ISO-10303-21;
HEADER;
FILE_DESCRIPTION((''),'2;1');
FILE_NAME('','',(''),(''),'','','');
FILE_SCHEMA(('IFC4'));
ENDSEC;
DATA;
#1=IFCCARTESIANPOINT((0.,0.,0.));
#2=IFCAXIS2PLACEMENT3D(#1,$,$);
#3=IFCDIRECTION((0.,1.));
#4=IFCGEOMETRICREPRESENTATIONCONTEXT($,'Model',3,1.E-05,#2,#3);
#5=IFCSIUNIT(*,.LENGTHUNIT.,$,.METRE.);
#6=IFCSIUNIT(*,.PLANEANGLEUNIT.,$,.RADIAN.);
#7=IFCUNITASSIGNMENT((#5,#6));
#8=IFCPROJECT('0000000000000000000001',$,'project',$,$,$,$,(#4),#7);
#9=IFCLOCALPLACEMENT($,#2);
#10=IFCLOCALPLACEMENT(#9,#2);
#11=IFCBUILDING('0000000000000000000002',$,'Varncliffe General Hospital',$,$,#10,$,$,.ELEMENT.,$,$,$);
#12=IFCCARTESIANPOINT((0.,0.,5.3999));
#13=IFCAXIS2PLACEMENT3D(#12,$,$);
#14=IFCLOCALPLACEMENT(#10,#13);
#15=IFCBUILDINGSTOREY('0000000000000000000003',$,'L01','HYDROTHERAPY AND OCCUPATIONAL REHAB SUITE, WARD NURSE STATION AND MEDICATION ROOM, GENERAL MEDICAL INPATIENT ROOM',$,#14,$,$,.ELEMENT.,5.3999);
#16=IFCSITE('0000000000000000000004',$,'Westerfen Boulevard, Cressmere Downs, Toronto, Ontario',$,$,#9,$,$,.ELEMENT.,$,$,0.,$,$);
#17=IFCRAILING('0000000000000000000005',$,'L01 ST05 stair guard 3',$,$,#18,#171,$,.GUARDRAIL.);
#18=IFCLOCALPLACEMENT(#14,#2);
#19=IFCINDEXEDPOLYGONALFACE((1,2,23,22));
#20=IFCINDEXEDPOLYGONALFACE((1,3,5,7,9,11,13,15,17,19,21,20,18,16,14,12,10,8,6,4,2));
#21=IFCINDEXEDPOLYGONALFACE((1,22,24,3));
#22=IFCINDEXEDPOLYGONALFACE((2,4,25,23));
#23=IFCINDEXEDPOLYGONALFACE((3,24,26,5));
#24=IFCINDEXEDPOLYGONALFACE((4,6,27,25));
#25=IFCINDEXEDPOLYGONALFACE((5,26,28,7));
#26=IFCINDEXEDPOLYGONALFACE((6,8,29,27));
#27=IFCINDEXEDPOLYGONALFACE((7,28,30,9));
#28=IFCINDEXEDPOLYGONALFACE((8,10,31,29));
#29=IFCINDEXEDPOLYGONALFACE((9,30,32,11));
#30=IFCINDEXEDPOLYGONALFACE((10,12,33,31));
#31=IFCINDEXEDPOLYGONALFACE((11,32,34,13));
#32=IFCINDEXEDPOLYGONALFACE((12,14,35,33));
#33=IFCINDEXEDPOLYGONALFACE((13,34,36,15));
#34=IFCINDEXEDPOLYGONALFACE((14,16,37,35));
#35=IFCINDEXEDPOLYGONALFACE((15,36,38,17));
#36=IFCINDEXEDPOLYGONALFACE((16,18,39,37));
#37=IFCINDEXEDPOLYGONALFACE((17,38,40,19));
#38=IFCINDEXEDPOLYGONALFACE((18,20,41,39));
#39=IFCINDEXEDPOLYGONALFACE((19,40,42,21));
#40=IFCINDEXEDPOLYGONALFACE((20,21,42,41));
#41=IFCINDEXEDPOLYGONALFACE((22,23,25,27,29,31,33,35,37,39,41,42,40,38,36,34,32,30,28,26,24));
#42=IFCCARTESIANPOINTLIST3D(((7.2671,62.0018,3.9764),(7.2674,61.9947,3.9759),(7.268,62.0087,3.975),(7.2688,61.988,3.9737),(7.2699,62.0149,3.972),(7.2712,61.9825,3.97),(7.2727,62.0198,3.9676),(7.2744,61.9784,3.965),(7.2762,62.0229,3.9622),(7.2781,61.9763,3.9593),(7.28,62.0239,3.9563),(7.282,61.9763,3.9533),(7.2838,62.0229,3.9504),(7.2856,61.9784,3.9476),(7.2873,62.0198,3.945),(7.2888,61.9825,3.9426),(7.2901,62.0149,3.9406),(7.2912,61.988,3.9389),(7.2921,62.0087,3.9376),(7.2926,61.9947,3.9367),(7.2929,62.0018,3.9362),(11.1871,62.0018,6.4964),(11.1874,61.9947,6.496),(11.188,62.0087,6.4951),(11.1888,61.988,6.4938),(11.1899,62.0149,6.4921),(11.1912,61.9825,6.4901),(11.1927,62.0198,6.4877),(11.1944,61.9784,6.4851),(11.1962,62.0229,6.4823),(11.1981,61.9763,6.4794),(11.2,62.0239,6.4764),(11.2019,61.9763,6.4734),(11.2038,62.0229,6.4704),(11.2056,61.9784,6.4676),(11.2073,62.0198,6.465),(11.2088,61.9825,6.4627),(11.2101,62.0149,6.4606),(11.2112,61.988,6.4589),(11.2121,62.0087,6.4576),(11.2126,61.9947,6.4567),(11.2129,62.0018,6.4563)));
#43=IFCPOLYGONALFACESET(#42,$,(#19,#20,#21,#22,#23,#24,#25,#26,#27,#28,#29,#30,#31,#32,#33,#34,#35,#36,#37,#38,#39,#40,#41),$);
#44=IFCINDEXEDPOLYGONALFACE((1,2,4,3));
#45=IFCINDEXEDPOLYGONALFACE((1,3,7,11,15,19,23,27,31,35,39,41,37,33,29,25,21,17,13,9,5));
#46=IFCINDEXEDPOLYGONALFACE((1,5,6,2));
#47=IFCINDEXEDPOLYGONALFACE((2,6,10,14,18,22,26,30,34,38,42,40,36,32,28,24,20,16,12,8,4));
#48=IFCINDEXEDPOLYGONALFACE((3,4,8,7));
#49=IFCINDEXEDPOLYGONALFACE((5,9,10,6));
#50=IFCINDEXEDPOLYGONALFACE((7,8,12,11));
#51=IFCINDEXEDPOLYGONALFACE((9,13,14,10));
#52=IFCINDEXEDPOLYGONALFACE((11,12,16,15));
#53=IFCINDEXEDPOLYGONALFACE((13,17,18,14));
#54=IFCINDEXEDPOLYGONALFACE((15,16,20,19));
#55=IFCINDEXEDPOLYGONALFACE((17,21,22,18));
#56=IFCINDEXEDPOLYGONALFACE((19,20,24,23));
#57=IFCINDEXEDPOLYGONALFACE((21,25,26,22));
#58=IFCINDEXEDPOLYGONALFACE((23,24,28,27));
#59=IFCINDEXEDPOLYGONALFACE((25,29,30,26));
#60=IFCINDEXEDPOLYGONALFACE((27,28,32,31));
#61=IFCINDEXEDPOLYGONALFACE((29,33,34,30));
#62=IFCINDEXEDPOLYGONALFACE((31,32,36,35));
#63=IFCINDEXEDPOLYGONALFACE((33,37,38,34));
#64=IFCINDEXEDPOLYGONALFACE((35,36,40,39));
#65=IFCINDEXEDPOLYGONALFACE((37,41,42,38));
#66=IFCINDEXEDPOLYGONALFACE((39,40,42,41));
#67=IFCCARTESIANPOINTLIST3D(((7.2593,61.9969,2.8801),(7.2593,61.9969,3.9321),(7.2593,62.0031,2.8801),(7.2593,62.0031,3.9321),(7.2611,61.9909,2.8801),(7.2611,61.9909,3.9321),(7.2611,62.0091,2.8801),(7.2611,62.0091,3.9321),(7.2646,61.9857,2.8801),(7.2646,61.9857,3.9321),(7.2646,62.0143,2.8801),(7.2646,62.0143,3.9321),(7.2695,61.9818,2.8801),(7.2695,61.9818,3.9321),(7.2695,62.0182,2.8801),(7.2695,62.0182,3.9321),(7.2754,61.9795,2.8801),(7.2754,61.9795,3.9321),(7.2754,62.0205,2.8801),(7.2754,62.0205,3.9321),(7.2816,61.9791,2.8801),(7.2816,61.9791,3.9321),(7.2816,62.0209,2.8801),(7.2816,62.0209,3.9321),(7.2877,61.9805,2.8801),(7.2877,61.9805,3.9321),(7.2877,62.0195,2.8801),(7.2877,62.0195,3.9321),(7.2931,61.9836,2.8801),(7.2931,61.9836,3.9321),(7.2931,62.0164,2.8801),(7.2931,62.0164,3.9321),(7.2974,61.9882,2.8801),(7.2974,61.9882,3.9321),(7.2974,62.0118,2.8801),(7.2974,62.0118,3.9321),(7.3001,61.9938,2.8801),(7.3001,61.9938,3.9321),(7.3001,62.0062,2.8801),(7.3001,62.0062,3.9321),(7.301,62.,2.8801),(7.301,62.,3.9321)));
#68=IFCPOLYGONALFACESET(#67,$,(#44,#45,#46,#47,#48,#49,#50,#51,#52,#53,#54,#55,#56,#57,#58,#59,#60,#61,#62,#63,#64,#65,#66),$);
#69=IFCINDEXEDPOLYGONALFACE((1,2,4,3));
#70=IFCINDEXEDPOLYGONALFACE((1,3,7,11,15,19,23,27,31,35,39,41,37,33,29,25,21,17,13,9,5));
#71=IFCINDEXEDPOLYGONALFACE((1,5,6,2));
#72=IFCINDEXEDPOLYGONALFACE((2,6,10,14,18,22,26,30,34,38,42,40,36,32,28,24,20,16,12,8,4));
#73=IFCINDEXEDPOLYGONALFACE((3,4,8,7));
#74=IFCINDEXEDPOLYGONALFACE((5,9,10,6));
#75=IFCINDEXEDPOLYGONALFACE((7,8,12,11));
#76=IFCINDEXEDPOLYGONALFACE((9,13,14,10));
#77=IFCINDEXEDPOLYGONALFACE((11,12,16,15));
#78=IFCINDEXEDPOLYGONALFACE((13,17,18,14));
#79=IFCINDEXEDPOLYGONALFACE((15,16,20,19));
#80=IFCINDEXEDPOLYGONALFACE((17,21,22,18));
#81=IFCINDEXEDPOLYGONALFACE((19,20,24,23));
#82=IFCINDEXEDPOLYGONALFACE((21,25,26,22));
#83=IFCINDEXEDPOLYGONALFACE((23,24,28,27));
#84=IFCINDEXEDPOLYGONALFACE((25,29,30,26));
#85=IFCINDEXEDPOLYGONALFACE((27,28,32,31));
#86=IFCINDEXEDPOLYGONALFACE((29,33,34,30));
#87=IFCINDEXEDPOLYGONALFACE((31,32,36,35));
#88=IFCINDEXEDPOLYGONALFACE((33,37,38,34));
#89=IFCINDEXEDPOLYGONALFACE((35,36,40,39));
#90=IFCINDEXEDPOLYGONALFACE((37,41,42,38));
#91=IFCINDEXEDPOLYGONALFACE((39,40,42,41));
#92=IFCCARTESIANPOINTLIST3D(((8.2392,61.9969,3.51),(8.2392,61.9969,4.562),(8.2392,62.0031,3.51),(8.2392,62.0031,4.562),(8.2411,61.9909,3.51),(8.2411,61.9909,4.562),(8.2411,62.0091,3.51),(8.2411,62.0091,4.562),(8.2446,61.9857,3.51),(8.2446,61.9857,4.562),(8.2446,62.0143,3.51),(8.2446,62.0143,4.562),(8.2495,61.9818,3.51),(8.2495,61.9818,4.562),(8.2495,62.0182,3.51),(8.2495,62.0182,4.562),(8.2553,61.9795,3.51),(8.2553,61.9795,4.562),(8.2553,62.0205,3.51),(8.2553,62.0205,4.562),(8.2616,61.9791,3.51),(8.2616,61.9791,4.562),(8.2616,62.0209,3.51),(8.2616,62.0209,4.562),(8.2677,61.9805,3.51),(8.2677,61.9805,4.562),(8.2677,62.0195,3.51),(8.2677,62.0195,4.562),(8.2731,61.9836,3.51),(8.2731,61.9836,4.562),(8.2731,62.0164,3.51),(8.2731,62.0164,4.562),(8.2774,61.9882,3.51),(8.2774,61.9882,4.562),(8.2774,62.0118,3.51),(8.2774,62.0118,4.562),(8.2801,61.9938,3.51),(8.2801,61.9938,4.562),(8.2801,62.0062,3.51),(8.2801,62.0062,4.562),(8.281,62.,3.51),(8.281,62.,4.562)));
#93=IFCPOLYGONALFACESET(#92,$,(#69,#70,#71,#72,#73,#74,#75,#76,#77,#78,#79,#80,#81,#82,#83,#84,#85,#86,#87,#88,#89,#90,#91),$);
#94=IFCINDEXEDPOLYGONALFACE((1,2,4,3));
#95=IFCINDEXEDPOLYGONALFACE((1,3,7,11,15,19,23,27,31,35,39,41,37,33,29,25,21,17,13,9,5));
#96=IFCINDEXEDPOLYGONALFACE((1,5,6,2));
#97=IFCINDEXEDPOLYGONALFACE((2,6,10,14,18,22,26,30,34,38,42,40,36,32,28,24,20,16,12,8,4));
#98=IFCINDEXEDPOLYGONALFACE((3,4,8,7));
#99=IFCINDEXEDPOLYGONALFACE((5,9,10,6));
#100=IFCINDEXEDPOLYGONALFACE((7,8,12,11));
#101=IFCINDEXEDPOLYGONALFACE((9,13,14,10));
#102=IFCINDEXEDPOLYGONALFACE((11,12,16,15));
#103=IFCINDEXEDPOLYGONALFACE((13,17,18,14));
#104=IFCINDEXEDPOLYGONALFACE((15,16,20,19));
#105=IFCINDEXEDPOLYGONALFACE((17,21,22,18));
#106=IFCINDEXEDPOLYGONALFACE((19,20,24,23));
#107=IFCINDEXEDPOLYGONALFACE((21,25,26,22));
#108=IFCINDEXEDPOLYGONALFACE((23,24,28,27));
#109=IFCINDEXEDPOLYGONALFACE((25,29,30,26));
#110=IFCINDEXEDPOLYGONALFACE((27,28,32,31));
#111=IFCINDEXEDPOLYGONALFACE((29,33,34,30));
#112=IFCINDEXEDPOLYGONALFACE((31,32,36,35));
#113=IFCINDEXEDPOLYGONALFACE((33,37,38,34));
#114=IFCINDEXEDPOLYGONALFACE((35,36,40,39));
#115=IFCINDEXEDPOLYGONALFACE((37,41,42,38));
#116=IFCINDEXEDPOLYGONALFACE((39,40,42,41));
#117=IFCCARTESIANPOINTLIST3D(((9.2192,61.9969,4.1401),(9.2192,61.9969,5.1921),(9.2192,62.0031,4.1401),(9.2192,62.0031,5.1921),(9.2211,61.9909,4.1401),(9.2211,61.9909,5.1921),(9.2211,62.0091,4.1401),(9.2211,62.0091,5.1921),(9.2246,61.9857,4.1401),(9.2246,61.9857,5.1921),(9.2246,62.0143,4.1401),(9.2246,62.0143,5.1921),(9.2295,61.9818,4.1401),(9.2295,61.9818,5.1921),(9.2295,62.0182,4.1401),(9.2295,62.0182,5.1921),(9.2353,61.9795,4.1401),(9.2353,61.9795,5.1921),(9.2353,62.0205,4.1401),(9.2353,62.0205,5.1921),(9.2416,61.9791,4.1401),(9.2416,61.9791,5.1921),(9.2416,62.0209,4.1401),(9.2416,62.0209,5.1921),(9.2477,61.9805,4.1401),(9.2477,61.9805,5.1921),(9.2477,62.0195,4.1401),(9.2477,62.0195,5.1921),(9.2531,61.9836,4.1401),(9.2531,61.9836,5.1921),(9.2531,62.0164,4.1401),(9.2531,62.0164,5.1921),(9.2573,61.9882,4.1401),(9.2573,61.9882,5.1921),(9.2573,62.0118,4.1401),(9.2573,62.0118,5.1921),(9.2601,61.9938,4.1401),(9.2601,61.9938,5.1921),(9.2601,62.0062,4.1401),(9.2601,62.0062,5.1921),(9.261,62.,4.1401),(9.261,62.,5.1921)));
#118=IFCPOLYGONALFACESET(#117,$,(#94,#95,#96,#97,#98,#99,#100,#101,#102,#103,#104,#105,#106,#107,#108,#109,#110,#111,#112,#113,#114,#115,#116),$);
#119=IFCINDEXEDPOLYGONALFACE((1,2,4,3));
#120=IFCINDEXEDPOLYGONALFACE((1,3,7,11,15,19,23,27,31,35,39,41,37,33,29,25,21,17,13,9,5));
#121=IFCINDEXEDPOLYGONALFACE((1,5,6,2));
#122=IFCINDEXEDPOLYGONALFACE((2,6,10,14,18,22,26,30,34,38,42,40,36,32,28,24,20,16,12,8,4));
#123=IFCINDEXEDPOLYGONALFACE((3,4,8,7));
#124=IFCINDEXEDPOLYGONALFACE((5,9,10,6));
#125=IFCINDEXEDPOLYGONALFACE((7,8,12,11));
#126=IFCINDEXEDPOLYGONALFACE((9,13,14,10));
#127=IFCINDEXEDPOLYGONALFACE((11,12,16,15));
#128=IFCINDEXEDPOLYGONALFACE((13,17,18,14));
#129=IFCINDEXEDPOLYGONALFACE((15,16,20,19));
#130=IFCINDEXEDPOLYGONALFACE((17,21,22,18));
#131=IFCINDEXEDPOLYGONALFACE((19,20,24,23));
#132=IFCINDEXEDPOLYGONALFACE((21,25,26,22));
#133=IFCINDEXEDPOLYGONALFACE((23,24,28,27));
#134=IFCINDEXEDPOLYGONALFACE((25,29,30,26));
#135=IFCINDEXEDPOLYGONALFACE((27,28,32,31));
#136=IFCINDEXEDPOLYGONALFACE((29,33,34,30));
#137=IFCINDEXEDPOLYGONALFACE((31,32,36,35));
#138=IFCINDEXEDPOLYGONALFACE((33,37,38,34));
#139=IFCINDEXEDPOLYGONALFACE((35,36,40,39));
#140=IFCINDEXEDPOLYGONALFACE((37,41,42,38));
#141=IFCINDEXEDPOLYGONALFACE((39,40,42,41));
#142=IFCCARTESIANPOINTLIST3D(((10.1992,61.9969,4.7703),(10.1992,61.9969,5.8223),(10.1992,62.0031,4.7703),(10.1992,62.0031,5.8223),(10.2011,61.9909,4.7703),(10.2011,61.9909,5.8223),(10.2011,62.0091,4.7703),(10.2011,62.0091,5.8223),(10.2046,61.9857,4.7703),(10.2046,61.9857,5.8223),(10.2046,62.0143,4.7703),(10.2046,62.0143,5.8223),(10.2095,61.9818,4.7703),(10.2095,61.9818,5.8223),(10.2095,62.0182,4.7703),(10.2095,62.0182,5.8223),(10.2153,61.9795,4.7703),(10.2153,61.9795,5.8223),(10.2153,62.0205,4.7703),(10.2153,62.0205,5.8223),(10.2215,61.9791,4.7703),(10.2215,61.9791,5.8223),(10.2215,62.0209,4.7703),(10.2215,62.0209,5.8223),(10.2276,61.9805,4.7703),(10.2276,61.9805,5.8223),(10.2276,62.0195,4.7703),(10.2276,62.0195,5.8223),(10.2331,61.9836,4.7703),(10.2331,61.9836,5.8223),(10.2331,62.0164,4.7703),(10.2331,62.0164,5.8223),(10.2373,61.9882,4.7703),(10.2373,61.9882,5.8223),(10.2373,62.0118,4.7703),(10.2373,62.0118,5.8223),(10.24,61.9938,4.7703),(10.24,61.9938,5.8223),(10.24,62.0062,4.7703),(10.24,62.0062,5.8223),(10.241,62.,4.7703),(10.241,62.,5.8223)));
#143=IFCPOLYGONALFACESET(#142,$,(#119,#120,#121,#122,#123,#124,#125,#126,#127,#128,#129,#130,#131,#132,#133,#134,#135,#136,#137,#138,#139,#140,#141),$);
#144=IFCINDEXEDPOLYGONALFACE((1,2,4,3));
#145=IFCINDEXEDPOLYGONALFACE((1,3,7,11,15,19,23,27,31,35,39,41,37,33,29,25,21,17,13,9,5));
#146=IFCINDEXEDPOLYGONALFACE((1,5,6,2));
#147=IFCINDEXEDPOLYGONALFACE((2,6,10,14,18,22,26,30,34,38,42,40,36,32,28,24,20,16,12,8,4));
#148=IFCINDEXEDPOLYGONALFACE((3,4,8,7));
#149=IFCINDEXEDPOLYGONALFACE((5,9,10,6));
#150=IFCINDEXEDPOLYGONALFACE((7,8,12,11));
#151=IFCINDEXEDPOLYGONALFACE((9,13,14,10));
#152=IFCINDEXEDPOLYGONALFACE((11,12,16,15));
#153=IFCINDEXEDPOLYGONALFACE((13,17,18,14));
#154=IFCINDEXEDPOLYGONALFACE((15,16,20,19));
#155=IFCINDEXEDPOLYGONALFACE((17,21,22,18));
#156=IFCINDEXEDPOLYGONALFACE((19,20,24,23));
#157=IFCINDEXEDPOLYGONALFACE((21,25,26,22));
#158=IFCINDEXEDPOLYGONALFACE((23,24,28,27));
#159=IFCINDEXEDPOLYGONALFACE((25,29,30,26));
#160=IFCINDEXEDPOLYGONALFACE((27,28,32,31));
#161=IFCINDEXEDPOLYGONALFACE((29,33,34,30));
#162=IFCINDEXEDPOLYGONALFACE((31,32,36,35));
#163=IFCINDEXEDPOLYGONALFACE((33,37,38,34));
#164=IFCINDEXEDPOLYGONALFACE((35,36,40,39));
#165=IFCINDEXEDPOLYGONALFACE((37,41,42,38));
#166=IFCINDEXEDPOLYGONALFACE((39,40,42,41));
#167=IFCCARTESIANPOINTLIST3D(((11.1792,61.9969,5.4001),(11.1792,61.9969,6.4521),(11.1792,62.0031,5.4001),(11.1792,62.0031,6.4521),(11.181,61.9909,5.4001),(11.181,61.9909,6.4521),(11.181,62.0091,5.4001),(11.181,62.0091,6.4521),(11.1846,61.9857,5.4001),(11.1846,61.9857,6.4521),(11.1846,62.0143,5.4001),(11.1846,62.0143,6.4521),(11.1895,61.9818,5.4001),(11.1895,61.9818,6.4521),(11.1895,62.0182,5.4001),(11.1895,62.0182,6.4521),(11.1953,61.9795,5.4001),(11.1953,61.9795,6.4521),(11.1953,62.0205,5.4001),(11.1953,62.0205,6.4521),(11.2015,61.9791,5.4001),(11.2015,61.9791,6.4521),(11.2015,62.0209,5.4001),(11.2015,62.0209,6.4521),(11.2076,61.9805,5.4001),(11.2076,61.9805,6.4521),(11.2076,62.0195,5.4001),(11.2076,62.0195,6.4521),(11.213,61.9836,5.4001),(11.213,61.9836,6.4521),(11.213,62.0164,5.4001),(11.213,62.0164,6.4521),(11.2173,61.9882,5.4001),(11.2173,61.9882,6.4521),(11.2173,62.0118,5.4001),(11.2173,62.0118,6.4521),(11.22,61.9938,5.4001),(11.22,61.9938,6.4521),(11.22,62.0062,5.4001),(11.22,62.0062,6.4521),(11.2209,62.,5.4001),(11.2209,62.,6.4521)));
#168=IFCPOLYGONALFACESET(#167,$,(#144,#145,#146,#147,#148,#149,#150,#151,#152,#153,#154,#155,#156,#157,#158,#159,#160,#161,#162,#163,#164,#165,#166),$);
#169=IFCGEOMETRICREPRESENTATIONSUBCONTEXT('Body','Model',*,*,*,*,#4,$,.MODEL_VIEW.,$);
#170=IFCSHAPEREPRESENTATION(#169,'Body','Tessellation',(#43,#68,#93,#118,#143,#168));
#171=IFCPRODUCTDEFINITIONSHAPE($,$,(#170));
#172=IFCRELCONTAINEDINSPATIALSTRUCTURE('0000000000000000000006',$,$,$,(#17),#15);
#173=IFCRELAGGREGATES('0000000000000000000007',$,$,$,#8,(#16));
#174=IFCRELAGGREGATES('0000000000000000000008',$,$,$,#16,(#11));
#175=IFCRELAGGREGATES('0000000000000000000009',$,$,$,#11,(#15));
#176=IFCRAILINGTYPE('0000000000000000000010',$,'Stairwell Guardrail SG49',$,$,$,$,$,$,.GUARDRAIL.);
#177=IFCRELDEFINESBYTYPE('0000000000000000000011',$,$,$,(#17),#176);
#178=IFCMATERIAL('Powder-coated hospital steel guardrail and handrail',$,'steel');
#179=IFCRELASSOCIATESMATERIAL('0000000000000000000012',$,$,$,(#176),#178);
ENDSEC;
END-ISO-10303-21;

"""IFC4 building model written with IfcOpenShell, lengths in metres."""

from ifc_helpers import new_model, si_unit, direction, frame, origin, origin_2d, place, context, subcontext, project, spatial, circle, extrude, material, type_object, element, save


model = new_model("IFC4")

# Units and contexts
model_context = context("Model", 3, precision=1e-05, world=origin(), true_north=direction((0.0, 1.0)))
body_context = subcontext(model_context, "Body", "Model", "MODEL_VIEW")
ifc_project = project(units=[si_unit("LENGTHUNIT", "METRE"), si_unit("PLANEANGLEUNIT", "RADIAN")], contexts=[model_context])

# Site, building, storey
site_placement = place(None, origin())
site = spatial("IfcSite", under=ifc_project, at=site_placement, Name="Westerfen Boulevard, Cressmere Downs, Toronto, Ontario", CompositionType="ELEMENT", RefElevation=0.0)
building_placement = place(site_placement, origin())
building = spatial("IfcBuilding", under=site, at=building_placement, Name="Varncliffe General Hospital", CompositionType="ELEMENT")
storey_placement = place(building_placement, frame((0.0, 0.0, 5.3999)))
storey = spatial("IfcBuildingStorey", under=building, at=storey_placement, Name="L01", Description="HYDROTHERAPY AND OCCUPATIONAL REHAB SUITE, WARD NURSE STATION AND MEDICATION ROOM, GENERAL MEDICAL INPATIENT ROOM", CompositionType="ELEMENT", Elevation=5.3999)

# Railing
ifc_material_1 = material(Name="Powder-coated hospital steel guardrail and handrail", Category="steel")
railing_type_1 = type_object("IfcRailingType", Name="Stairwell Guardrail SG49", PredefinedType="GUARDRAIL", material=ifc_material_1)
railing_1_placement = place(storey_placement, frame((7.28, 62.0, 2.8801)))
element("IfcRailing", 1, at=railing_1_placement, inside=storey, type_object=railing_type_1, Name="L01 ST05 stair guard 3", PredefinedType="GUARDRAIL", context=body_context, shape_type="SweptSolid", body=[
    extrude(circle(Radius=0.0239, at=origin_2d()), frame((0.0, 0.0, 1.0762), z_axis=(0.841172, 0.0, 0.540768), x_axis=(0.0, 1.0, 0.0)), (0.0, 0.0, 1.0), 4.6602),
    extrude(circle(Radius=0.021, at=origin_2d()), origin(), (0.0, 0.0, 1.0), 1.052),
    extrude(circle(Radius=0.021, at=origin_2d()), frame((0.98, 0.0, 0.6299)), (0.0, 0.0, 1.0), 1.052),
    extrude(circle(Radius=0.021, at=origin_2d()), frame((1.96, 0.0, 1.26)), (0.0, 0.0, 1.0), 1.052),
    extrude(circle(Radius=0.021, at=origin_2d()), frame((2.9399, 0.0, 1.8901)), (0.0, 0.0, 1.0), 1.052),
    extrude(circle(Radius=0.021, at=origin_2d()), frame((3.9199, 0.0, 2.52)), (0.0, 0.0, 1.0), 1.052),
])

save(model, "model.ifc")
